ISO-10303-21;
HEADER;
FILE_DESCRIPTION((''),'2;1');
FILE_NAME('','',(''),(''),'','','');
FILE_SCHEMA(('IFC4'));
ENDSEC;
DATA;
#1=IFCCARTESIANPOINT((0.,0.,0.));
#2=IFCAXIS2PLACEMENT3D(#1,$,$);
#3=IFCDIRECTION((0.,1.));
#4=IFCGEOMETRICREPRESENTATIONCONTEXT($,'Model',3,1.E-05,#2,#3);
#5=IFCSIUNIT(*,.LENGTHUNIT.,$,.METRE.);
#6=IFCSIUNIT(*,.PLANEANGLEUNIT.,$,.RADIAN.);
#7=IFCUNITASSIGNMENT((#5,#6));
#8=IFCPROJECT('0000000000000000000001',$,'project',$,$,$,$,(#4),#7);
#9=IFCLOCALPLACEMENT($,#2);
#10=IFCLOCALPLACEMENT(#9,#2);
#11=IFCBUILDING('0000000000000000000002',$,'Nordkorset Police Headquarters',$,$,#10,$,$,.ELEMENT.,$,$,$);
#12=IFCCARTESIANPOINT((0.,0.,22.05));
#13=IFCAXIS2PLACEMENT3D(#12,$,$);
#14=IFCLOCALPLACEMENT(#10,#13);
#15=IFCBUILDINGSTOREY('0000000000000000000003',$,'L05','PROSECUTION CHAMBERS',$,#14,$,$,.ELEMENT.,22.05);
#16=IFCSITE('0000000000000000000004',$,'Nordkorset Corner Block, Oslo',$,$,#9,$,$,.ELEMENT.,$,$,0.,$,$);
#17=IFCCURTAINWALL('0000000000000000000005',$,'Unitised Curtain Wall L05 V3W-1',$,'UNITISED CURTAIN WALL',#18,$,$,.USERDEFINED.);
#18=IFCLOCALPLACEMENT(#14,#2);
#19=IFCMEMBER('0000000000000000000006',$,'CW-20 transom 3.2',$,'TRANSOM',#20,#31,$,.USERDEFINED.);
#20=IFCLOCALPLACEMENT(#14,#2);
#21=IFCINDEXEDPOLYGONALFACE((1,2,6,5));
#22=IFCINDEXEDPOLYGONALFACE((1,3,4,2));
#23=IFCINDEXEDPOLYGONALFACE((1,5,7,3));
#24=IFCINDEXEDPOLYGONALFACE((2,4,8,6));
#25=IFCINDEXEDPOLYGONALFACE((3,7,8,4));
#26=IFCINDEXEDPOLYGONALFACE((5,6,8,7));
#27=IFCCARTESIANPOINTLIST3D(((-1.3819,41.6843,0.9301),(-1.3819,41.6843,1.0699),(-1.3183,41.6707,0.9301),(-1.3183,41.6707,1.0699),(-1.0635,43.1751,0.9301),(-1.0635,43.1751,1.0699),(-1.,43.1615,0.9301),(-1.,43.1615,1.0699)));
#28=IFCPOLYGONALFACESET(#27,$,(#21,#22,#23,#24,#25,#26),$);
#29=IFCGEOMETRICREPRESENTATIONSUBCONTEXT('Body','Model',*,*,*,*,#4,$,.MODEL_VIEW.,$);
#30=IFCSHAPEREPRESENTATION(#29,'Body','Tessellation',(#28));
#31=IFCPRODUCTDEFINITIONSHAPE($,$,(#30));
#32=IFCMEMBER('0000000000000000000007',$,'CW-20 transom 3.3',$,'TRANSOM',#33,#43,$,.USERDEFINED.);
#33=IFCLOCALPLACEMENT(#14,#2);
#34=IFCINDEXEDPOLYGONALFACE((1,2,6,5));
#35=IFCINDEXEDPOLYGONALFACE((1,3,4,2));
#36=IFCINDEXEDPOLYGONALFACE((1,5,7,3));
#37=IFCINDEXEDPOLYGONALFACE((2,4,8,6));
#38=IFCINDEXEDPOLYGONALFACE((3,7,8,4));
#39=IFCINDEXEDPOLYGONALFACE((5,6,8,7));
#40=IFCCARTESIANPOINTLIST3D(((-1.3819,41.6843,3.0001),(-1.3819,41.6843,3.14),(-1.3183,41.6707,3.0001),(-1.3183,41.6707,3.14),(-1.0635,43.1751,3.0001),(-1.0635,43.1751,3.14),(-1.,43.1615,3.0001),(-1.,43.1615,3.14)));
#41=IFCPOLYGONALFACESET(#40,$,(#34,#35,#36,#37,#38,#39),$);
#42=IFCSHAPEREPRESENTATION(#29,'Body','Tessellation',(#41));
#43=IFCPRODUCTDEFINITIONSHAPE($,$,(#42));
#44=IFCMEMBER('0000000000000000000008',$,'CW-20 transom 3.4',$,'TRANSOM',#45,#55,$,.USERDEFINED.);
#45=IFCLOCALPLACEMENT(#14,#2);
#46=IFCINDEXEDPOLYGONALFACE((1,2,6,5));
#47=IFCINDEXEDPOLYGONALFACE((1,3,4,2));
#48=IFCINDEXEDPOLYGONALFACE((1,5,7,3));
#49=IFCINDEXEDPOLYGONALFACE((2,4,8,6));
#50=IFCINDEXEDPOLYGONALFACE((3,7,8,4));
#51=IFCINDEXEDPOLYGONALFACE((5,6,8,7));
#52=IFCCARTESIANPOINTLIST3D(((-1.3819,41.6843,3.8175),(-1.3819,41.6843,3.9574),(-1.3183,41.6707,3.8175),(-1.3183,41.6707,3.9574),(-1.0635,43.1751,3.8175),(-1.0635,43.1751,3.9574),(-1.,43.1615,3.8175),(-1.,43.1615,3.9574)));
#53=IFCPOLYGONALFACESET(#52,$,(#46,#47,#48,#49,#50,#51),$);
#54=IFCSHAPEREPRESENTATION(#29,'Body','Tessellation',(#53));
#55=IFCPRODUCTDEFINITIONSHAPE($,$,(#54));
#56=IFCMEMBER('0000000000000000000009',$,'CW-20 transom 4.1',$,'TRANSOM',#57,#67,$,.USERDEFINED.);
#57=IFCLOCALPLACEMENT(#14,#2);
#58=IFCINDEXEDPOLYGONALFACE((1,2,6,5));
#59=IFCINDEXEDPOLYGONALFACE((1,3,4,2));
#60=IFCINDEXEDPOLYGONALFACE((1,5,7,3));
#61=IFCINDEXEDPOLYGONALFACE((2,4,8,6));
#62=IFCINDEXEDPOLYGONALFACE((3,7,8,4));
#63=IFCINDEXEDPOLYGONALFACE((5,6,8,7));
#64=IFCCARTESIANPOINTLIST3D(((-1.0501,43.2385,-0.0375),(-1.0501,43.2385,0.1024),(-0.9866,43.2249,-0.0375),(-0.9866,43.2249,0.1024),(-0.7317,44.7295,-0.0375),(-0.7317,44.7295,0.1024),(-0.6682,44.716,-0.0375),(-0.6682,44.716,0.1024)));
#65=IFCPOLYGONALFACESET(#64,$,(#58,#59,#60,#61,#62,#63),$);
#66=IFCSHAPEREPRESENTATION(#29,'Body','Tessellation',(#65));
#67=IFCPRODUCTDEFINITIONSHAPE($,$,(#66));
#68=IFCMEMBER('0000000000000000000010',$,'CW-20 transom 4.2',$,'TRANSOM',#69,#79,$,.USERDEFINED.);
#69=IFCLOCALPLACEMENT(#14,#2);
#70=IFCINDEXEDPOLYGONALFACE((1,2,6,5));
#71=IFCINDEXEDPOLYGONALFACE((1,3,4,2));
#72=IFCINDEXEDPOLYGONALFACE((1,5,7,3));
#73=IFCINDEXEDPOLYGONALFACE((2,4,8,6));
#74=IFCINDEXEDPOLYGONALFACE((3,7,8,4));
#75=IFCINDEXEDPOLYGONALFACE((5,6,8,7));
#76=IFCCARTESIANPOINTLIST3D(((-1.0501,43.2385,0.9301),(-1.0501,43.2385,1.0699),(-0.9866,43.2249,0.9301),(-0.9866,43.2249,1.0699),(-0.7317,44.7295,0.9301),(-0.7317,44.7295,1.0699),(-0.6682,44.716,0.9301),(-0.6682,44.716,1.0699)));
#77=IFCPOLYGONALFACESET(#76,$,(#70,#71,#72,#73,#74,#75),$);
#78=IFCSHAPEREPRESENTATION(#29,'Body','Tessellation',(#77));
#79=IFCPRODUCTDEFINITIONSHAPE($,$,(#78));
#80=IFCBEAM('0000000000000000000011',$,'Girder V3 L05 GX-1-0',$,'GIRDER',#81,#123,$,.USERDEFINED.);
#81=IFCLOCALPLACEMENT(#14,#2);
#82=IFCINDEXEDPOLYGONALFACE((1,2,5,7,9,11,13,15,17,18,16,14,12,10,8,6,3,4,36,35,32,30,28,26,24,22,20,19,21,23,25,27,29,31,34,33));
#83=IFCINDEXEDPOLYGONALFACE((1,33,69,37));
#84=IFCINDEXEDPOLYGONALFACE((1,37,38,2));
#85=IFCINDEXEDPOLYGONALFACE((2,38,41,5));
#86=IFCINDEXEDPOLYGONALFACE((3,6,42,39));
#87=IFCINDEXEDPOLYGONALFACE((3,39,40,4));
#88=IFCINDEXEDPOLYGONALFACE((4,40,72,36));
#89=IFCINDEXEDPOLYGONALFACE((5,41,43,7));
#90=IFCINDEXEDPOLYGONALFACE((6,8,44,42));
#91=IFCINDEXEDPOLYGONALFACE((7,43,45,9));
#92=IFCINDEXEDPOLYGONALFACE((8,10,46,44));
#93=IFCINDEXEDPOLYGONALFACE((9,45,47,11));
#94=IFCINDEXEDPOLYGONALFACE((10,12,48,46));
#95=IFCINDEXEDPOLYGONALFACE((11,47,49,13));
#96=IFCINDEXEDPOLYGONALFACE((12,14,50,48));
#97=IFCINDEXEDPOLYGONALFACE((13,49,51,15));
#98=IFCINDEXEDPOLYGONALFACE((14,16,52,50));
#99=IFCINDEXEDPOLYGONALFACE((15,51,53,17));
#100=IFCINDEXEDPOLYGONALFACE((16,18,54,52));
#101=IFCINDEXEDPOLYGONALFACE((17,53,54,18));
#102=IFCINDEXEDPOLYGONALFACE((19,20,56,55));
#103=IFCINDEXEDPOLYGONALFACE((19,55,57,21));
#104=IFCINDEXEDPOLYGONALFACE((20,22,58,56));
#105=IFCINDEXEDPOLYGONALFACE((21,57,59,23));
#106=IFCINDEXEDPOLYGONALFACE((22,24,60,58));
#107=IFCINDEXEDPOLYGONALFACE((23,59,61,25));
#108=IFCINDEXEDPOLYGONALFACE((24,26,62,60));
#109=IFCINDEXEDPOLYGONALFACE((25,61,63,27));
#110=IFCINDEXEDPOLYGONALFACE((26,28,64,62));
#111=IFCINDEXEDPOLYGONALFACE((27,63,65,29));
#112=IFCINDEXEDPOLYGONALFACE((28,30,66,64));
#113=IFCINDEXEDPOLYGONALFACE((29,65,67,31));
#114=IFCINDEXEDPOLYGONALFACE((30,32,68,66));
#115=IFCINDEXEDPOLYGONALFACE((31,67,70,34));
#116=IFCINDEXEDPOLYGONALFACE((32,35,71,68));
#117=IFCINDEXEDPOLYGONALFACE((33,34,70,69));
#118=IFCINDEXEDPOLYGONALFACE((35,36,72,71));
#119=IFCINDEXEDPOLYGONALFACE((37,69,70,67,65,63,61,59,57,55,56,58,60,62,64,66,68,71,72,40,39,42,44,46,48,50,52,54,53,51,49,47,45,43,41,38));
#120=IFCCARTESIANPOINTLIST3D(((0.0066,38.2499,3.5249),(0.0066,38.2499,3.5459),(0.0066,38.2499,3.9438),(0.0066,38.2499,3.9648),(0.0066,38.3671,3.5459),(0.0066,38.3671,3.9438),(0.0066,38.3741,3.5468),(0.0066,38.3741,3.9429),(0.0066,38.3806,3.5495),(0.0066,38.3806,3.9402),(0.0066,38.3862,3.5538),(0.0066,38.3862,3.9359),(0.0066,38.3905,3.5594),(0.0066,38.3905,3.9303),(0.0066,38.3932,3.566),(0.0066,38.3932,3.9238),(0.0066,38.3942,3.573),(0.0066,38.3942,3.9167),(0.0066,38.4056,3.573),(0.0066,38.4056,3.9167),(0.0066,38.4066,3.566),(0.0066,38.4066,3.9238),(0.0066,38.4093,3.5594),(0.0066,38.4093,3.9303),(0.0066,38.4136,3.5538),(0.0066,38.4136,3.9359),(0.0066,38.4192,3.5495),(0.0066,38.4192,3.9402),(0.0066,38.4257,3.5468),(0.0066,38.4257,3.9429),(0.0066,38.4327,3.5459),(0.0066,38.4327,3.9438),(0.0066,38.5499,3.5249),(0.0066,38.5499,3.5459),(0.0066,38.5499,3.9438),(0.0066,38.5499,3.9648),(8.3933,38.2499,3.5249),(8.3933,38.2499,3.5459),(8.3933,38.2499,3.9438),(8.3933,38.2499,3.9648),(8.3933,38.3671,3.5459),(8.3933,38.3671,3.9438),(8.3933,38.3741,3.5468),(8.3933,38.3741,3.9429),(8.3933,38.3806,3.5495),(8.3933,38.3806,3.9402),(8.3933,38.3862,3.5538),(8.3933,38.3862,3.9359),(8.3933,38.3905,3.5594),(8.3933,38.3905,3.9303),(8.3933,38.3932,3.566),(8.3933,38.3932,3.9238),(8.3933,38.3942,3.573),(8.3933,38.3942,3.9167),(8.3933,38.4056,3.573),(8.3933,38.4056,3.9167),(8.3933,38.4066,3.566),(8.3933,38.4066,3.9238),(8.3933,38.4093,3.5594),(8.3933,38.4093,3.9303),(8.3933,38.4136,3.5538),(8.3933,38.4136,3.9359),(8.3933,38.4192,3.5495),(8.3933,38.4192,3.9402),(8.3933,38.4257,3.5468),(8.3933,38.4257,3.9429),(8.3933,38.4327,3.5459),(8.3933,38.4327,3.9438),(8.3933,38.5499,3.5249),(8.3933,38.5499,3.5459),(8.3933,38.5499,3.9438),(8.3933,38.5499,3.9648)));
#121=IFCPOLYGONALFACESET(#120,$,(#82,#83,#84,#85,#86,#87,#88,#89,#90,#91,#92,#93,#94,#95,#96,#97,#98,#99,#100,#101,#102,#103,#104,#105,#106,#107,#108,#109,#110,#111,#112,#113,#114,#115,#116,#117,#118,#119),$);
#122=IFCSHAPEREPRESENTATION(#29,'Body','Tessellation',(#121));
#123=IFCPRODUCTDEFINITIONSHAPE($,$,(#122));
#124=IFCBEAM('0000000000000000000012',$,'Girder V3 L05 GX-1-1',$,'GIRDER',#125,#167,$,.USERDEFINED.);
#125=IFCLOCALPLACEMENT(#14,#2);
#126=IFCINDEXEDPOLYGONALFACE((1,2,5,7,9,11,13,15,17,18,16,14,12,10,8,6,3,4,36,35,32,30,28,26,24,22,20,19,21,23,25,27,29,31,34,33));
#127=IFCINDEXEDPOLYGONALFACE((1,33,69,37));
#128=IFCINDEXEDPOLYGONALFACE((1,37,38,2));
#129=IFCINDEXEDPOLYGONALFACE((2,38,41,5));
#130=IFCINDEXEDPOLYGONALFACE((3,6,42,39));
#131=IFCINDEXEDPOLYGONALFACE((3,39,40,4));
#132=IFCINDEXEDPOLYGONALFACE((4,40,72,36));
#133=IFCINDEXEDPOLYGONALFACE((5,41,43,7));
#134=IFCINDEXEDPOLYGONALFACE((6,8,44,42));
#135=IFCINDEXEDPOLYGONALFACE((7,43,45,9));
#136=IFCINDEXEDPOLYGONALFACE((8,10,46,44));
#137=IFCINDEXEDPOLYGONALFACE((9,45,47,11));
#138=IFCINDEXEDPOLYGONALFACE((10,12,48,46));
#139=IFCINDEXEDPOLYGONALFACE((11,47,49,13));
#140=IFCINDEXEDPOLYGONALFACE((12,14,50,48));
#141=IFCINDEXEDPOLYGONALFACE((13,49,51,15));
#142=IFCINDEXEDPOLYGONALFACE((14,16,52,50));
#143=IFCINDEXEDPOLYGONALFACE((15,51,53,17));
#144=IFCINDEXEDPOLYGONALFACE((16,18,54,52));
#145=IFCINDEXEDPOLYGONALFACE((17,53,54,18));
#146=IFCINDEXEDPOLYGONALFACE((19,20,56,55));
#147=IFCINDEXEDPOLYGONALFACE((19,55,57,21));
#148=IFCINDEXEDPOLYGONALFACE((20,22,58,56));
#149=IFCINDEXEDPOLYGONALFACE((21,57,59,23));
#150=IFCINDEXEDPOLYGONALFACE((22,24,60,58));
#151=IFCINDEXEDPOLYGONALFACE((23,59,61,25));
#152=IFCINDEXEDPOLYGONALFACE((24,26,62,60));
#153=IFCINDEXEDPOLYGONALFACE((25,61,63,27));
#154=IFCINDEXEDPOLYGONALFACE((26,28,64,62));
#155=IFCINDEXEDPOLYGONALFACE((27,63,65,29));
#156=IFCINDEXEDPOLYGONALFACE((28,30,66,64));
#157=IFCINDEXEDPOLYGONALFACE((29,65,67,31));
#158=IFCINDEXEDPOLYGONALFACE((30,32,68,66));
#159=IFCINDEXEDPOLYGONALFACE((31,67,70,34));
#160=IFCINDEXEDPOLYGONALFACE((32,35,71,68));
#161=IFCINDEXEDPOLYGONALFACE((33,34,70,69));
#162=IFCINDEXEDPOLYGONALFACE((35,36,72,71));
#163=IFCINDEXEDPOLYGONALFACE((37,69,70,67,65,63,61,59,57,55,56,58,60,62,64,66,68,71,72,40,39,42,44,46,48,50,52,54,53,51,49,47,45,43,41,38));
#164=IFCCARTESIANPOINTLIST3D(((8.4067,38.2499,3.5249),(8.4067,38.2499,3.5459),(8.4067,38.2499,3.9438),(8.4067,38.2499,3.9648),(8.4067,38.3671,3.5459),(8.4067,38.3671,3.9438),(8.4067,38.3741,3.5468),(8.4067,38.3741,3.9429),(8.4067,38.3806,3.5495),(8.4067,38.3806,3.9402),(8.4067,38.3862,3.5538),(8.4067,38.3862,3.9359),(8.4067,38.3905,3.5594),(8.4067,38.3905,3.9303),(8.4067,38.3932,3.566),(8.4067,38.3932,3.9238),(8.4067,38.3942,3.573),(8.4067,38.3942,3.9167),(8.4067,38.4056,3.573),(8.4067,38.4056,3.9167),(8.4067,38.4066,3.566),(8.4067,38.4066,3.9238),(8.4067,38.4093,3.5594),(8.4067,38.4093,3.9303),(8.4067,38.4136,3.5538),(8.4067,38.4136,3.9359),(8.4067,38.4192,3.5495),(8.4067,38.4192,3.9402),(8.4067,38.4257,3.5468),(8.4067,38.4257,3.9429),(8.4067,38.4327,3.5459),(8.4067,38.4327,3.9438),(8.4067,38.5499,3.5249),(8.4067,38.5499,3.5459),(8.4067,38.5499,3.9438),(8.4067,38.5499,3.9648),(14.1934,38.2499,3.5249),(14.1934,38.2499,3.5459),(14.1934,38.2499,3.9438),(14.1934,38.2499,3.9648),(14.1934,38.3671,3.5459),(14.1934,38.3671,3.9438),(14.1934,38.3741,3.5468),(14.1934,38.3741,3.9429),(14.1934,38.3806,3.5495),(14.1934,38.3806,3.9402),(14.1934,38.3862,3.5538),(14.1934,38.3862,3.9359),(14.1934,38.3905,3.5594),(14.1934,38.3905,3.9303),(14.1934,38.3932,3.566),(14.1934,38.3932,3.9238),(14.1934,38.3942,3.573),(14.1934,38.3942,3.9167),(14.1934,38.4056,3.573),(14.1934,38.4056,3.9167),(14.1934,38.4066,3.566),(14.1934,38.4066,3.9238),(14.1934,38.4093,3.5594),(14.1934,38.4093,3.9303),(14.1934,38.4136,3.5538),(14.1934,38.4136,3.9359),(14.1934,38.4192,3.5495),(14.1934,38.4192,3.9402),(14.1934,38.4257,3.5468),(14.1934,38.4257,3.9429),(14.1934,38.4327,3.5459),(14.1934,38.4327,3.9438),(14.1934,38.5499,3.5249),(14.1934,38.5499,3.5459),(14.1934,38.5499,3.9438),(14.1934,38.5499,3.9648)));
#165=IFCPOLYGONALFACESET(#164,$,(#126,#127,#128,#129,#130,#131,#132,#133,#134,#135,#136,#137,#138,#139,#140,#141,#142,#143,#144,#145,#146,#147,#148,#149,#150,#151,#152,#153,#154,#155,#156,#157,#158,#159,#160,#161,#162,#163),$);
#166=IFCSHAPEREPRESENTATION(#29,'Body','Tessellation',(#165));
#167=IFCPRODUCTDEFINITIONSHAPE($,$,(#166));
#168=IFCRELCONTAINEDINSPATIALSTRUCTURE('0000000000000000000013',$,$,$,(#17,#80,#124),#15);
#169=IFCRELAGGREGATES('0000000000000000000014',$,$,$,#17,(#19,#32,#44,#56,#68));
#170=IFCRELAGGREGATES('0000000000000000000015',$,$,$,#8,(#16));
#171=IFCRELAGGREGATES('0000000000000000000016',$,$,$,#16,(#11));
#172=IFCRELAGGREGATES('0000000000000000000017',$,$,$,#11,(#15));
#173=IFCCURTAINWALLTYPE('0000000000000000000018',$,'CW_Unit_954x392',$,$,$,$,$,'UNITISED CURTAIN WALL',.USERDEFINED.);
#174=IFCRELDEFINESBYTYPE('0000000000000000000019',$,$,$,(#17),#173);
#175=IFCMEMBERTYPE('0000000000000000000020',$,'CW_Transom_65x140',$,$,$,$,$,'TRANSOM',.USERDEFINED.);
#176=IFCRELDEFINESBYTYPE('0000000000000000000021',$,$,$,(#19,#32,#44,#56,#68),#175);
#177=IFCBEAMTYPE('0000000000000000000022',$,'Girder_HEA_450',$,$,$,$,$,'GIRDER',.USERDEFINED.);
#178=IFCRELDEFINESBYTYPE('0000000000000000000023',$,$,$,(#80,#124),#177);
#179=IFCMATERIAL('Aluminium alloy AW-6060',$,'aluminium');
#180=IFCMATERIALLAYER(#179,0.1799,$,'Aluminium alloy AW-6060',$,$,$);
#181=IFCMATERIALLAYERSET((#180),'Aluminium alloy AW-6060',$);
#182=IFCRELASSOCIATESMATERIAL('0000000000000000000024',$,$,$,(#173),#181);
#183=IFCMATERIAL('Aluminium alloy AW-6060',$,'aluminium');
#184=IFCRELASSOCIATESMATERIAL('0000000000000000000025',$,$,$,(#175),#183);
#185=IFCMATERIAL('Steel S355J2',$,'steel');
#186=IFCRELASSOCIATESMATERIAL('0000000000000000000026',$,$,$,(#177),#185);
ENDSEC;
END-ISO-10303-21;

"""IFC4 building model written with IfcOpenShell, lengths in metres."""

from ifc_helpers import new_model, si_unit, direction, frame, origin, origin_2d, place, context, subcontext, project, spatial, rectangle, i_section, extrude, material, layer, layer_set, material_profile, profile_set, type_object, element, aggregate, save


model = new_model("IFC4")

# Units and contexts
model_context = context("Model", 3, precision=1e-05, world=origin(), true_north=direction((0.0, 1.0)))
body_context = subcontext(model_context, "Body", "Model", "MODEL_VIEW")
ifc_project = project(units=[si_unit("LENGTHUNIT", "METRE"), si_unit("PLANEANGLEUNIT", "RADIAN")], contexts=[model_context])

# Site, building, storey
site_placement = place(None, origin())
site = spatial("IfcSite", under=ifc_project, at=site_placement, Name="Nordkorset Corner Block, Oslo", CompositionType="ELEMENT", RefElevation=0.0)
building_placement = place(site_placement, origin())
building = spatial("IfcBuilding", under=site, at=building_placement, Name="Nordkorset Police Headquarters", CompositionType="ELEMENT")
storey_placement = place(building_placement, frame((0.0, 0.0, 22.05)))
storey = spatial("IfcBuildingStorey", under=building, at=storey_placement, Name="L05", Description="PROSECUTION CHAMBERS", CompositionType="ELEMENT", Elevation=22.05)

# Curtain wall, members
ifc_material_1 = material(Name="Aluminium alloy AW-6060", Category="aluminium")
ifc_layer_1 = layer(ifc_material_1, 0.1799, Name="Aluminium alloy AW-6060")
ifc_layer_set_1 = layer_set([ifc_layer_1], Name="Aluminium alloy AW-6060")
curtain_wall_type = type_object("IfcCurtainWallType", Name="CW_Unit_954x392", ElementType="UNITISED CURTAIN WALL", PredefinedType="USERDEFINED", material=ifc_layer_set_1)
curtain_wall_placement = place(storey_placement, origin())
curtain_wall = element("IfcCurtainWall", 1, at=curtain_wall_placement, inside=storey, type_object=curtain_wall_type, Name="Unitised Curtain Wall L05 V3W-1", ObjectType="UNITISED CURTAIN WALL", PredefinedType="USERDEFINED")
ifc_material_2 = material(Name="Aluminium alloy AW-6060", Category="aluminium")
ifc_material_profile_1 = material_profile(ifc_material_2, rectangle(XDim=0.0649, YDim=0.1399, at=origin_2d()), Name="ALU TRAN 65x140")
ifc_profile_set_1 = profile_set([ifc_material_profile_1], Name="Aluminium alloy AW-6060")
member_type_1 = type_object("IfcMemberType", Name="CW_Transom_65x140", ElementType="TRANSOM", PredefinedType="USERDEFINED", material=ifc_profile_set_1)
member_1_placement = place(storey_placement, frame((-1.3501, 41.6775, 1.0), z_axis=(0.208851, 0.977947, 0.0), x_axis=(-0.977947, 0.208851, 0.0)))
member_1 = element("IfcMember", 2, at=member_1_placement, type_object=member_type_1, Name="CW-20 transom 3.2", ObjectType="TRANSOM", PredefinedType="USERDEFINED", context=body_context, shape_type="SweptSolid", body=[
    extrude(rectangle(XDim=0.0649, YDim=0.1399, at=origin_2d()), origin(), (0.0, 0.0, 1.0), 1.5244),
])
member_2_placement = place(storey_placement, frame((-1.3501, 41.6775, 3.0701), z_axis=(0.208851, 0.977947, 0.0), x_axis=(-0.977947, 0.208851, 0.0)))
member_2 = element("IfcMember", 3, at=member_2_placement, type_object=member_type_1, Name="CW-20 transom 3.3", ObjectType="TRANSOM", PredefinedType="USERDEFINED", context=body_context, shape_type="SweptSolid", body=[
    extrude(rectangle(XDim=0.0649, YDim=0.1399, at=origin_2d()), origin(), (0.0, 0.0, 1.0), 1.5244),
])
member_3_placement = place(storey_placement, frame((-1.3501, 41.6775, 3.8875), z_axis=(0.208851, 0.977947, 0.0), x_axis=(-0.977947, 0.208851, 0.0)))
member_3 = element("IfcMember", 4, at=member_3_placement, type_object=member_type_1, Name="CW-20 transom 3.4", ObjectType="TRANSOM", PredefinedType="USERDEFINED", context=body_context, shape_type="SweptSolid", body=[
    extrude(rectangle(XDim=0.0649, YDim=0.1399, at=origin_2d()), origin(), (0.0, 0.0, 1.0), 1.5244),
])
member_4_placement = place(storey_placement, frame((-1.0183, 43.2317, 0.0325), z_axis=(0.208818, 0.977954, 0.0), x_axis=(-0.977954, 0.208818, 0.0)))
member_4 = element("IfcMember", 5, at=member_4_placement, type_object=member_type_1, Name="CW-20 transom 4.1", ObjectType="TRANSOM", PredefinedType="USERDEFINED", context=body_context, shape_type="SweptSolid", body=[
    extrude(rectangle(XDim=0.0649, YDim=0.1399, at=origin_2d()), origin(), (0.0, 0.0, 1.0), 1.5247),
])
member_5_placement = place(storey_placement, frame((-1.0183, 43.2317, 1.0), z_axis=(0.208818, 0.977954, 0.0), x_axis=(-0.977954, 0.208818, 0.0)))
member_5 = element("IfcMember", 6, at=member_5_placement, type_object=member_type_1, Name="CW-20 transom 4.2", ObjectType="TRANSOM", PredefinedType="USERDEFINED", context=body_context, shape_type="SweptSolid", body=[
    extrude(rectangle(XDim=0.0649, YDim=0.1399, at=origin_2d()), origin(), (0.0, 0.0, 1.0), 1.5247),
])

# Beams
ifc_material_3 = material(Name="Steel S355J2", Category="steel")
ifc_material_profile_2 = material_profile(ifc_material_3, i_section(OverallWidth=0.3, OverallDepth=0.4399, WebThickness=0.0115, FlangeThickness=0.021, FilletRadius=0.0271, at=origin_2d()), Name="HEA 450")
ifc_profile_set_2 = profile_set([ifc_material_profile_2], Name="Steel S355J2")
beam_type = type_object("IfcBeamType", Name="Girder_HEA_450", ElementType="GIRDER", PredefinedType="USERDEFINED", material=ifc_profile_set_2)
beam_1_placement = place(storey_placement, frame((0.0066, 38.3999, 3.7449), z_axis=(1.0, 0.0, 0.0), x_axis=(0.0, 1.0, 0.0)))
element("IfcBeam", 7, at=beam_1_placement, inside=storey, type_object=beam_type, Name="Girder V3 L05 GX-1-0", ObjectType="GIRDER", PredefinedType="USERDEFINED", context=body_context, shape_type="SweptSolid", body=[
    extrude(i_section(OverallWidth=0.3, OverallDepth=0.4399, WebThickness=0.0115, FlangeThickness=0.021, FilletRadius=0.0271, at=origin_2d()), origin(), (0.0, 0.0, 1.0), 8.3867),
])
beam_2_placement = place(storey_placement, frame((8.4067, 38.3999, 3.7449), z_axis=(1.0, 0.0, 0.0), x_axis=(0.0, 1.0, 0.0)))
element("IfcBeam", 8, at=beam_2_placement, inside=storey, type_object=beam_type, Name="Girder V3 L05 GX-1-1", ObjectType="GIRDER", PredefinedType="USERDEFINED", context=body_context, shape_type="SweptSolid", body=[
    extrude(i_section(OverallWidth=0.3, OverallDepth=0.4399, WebThickness=0.0115, FlangeThickness=0.021, FilletRadius=0.0271, at=origin_2d()), origin(), (0.0, 0.0, 1.0), 5.7866),
])

aggregate(curtain_wall, [member_1, member_2, member_3, member_4, member_5])

save(model, "model.ifc")
